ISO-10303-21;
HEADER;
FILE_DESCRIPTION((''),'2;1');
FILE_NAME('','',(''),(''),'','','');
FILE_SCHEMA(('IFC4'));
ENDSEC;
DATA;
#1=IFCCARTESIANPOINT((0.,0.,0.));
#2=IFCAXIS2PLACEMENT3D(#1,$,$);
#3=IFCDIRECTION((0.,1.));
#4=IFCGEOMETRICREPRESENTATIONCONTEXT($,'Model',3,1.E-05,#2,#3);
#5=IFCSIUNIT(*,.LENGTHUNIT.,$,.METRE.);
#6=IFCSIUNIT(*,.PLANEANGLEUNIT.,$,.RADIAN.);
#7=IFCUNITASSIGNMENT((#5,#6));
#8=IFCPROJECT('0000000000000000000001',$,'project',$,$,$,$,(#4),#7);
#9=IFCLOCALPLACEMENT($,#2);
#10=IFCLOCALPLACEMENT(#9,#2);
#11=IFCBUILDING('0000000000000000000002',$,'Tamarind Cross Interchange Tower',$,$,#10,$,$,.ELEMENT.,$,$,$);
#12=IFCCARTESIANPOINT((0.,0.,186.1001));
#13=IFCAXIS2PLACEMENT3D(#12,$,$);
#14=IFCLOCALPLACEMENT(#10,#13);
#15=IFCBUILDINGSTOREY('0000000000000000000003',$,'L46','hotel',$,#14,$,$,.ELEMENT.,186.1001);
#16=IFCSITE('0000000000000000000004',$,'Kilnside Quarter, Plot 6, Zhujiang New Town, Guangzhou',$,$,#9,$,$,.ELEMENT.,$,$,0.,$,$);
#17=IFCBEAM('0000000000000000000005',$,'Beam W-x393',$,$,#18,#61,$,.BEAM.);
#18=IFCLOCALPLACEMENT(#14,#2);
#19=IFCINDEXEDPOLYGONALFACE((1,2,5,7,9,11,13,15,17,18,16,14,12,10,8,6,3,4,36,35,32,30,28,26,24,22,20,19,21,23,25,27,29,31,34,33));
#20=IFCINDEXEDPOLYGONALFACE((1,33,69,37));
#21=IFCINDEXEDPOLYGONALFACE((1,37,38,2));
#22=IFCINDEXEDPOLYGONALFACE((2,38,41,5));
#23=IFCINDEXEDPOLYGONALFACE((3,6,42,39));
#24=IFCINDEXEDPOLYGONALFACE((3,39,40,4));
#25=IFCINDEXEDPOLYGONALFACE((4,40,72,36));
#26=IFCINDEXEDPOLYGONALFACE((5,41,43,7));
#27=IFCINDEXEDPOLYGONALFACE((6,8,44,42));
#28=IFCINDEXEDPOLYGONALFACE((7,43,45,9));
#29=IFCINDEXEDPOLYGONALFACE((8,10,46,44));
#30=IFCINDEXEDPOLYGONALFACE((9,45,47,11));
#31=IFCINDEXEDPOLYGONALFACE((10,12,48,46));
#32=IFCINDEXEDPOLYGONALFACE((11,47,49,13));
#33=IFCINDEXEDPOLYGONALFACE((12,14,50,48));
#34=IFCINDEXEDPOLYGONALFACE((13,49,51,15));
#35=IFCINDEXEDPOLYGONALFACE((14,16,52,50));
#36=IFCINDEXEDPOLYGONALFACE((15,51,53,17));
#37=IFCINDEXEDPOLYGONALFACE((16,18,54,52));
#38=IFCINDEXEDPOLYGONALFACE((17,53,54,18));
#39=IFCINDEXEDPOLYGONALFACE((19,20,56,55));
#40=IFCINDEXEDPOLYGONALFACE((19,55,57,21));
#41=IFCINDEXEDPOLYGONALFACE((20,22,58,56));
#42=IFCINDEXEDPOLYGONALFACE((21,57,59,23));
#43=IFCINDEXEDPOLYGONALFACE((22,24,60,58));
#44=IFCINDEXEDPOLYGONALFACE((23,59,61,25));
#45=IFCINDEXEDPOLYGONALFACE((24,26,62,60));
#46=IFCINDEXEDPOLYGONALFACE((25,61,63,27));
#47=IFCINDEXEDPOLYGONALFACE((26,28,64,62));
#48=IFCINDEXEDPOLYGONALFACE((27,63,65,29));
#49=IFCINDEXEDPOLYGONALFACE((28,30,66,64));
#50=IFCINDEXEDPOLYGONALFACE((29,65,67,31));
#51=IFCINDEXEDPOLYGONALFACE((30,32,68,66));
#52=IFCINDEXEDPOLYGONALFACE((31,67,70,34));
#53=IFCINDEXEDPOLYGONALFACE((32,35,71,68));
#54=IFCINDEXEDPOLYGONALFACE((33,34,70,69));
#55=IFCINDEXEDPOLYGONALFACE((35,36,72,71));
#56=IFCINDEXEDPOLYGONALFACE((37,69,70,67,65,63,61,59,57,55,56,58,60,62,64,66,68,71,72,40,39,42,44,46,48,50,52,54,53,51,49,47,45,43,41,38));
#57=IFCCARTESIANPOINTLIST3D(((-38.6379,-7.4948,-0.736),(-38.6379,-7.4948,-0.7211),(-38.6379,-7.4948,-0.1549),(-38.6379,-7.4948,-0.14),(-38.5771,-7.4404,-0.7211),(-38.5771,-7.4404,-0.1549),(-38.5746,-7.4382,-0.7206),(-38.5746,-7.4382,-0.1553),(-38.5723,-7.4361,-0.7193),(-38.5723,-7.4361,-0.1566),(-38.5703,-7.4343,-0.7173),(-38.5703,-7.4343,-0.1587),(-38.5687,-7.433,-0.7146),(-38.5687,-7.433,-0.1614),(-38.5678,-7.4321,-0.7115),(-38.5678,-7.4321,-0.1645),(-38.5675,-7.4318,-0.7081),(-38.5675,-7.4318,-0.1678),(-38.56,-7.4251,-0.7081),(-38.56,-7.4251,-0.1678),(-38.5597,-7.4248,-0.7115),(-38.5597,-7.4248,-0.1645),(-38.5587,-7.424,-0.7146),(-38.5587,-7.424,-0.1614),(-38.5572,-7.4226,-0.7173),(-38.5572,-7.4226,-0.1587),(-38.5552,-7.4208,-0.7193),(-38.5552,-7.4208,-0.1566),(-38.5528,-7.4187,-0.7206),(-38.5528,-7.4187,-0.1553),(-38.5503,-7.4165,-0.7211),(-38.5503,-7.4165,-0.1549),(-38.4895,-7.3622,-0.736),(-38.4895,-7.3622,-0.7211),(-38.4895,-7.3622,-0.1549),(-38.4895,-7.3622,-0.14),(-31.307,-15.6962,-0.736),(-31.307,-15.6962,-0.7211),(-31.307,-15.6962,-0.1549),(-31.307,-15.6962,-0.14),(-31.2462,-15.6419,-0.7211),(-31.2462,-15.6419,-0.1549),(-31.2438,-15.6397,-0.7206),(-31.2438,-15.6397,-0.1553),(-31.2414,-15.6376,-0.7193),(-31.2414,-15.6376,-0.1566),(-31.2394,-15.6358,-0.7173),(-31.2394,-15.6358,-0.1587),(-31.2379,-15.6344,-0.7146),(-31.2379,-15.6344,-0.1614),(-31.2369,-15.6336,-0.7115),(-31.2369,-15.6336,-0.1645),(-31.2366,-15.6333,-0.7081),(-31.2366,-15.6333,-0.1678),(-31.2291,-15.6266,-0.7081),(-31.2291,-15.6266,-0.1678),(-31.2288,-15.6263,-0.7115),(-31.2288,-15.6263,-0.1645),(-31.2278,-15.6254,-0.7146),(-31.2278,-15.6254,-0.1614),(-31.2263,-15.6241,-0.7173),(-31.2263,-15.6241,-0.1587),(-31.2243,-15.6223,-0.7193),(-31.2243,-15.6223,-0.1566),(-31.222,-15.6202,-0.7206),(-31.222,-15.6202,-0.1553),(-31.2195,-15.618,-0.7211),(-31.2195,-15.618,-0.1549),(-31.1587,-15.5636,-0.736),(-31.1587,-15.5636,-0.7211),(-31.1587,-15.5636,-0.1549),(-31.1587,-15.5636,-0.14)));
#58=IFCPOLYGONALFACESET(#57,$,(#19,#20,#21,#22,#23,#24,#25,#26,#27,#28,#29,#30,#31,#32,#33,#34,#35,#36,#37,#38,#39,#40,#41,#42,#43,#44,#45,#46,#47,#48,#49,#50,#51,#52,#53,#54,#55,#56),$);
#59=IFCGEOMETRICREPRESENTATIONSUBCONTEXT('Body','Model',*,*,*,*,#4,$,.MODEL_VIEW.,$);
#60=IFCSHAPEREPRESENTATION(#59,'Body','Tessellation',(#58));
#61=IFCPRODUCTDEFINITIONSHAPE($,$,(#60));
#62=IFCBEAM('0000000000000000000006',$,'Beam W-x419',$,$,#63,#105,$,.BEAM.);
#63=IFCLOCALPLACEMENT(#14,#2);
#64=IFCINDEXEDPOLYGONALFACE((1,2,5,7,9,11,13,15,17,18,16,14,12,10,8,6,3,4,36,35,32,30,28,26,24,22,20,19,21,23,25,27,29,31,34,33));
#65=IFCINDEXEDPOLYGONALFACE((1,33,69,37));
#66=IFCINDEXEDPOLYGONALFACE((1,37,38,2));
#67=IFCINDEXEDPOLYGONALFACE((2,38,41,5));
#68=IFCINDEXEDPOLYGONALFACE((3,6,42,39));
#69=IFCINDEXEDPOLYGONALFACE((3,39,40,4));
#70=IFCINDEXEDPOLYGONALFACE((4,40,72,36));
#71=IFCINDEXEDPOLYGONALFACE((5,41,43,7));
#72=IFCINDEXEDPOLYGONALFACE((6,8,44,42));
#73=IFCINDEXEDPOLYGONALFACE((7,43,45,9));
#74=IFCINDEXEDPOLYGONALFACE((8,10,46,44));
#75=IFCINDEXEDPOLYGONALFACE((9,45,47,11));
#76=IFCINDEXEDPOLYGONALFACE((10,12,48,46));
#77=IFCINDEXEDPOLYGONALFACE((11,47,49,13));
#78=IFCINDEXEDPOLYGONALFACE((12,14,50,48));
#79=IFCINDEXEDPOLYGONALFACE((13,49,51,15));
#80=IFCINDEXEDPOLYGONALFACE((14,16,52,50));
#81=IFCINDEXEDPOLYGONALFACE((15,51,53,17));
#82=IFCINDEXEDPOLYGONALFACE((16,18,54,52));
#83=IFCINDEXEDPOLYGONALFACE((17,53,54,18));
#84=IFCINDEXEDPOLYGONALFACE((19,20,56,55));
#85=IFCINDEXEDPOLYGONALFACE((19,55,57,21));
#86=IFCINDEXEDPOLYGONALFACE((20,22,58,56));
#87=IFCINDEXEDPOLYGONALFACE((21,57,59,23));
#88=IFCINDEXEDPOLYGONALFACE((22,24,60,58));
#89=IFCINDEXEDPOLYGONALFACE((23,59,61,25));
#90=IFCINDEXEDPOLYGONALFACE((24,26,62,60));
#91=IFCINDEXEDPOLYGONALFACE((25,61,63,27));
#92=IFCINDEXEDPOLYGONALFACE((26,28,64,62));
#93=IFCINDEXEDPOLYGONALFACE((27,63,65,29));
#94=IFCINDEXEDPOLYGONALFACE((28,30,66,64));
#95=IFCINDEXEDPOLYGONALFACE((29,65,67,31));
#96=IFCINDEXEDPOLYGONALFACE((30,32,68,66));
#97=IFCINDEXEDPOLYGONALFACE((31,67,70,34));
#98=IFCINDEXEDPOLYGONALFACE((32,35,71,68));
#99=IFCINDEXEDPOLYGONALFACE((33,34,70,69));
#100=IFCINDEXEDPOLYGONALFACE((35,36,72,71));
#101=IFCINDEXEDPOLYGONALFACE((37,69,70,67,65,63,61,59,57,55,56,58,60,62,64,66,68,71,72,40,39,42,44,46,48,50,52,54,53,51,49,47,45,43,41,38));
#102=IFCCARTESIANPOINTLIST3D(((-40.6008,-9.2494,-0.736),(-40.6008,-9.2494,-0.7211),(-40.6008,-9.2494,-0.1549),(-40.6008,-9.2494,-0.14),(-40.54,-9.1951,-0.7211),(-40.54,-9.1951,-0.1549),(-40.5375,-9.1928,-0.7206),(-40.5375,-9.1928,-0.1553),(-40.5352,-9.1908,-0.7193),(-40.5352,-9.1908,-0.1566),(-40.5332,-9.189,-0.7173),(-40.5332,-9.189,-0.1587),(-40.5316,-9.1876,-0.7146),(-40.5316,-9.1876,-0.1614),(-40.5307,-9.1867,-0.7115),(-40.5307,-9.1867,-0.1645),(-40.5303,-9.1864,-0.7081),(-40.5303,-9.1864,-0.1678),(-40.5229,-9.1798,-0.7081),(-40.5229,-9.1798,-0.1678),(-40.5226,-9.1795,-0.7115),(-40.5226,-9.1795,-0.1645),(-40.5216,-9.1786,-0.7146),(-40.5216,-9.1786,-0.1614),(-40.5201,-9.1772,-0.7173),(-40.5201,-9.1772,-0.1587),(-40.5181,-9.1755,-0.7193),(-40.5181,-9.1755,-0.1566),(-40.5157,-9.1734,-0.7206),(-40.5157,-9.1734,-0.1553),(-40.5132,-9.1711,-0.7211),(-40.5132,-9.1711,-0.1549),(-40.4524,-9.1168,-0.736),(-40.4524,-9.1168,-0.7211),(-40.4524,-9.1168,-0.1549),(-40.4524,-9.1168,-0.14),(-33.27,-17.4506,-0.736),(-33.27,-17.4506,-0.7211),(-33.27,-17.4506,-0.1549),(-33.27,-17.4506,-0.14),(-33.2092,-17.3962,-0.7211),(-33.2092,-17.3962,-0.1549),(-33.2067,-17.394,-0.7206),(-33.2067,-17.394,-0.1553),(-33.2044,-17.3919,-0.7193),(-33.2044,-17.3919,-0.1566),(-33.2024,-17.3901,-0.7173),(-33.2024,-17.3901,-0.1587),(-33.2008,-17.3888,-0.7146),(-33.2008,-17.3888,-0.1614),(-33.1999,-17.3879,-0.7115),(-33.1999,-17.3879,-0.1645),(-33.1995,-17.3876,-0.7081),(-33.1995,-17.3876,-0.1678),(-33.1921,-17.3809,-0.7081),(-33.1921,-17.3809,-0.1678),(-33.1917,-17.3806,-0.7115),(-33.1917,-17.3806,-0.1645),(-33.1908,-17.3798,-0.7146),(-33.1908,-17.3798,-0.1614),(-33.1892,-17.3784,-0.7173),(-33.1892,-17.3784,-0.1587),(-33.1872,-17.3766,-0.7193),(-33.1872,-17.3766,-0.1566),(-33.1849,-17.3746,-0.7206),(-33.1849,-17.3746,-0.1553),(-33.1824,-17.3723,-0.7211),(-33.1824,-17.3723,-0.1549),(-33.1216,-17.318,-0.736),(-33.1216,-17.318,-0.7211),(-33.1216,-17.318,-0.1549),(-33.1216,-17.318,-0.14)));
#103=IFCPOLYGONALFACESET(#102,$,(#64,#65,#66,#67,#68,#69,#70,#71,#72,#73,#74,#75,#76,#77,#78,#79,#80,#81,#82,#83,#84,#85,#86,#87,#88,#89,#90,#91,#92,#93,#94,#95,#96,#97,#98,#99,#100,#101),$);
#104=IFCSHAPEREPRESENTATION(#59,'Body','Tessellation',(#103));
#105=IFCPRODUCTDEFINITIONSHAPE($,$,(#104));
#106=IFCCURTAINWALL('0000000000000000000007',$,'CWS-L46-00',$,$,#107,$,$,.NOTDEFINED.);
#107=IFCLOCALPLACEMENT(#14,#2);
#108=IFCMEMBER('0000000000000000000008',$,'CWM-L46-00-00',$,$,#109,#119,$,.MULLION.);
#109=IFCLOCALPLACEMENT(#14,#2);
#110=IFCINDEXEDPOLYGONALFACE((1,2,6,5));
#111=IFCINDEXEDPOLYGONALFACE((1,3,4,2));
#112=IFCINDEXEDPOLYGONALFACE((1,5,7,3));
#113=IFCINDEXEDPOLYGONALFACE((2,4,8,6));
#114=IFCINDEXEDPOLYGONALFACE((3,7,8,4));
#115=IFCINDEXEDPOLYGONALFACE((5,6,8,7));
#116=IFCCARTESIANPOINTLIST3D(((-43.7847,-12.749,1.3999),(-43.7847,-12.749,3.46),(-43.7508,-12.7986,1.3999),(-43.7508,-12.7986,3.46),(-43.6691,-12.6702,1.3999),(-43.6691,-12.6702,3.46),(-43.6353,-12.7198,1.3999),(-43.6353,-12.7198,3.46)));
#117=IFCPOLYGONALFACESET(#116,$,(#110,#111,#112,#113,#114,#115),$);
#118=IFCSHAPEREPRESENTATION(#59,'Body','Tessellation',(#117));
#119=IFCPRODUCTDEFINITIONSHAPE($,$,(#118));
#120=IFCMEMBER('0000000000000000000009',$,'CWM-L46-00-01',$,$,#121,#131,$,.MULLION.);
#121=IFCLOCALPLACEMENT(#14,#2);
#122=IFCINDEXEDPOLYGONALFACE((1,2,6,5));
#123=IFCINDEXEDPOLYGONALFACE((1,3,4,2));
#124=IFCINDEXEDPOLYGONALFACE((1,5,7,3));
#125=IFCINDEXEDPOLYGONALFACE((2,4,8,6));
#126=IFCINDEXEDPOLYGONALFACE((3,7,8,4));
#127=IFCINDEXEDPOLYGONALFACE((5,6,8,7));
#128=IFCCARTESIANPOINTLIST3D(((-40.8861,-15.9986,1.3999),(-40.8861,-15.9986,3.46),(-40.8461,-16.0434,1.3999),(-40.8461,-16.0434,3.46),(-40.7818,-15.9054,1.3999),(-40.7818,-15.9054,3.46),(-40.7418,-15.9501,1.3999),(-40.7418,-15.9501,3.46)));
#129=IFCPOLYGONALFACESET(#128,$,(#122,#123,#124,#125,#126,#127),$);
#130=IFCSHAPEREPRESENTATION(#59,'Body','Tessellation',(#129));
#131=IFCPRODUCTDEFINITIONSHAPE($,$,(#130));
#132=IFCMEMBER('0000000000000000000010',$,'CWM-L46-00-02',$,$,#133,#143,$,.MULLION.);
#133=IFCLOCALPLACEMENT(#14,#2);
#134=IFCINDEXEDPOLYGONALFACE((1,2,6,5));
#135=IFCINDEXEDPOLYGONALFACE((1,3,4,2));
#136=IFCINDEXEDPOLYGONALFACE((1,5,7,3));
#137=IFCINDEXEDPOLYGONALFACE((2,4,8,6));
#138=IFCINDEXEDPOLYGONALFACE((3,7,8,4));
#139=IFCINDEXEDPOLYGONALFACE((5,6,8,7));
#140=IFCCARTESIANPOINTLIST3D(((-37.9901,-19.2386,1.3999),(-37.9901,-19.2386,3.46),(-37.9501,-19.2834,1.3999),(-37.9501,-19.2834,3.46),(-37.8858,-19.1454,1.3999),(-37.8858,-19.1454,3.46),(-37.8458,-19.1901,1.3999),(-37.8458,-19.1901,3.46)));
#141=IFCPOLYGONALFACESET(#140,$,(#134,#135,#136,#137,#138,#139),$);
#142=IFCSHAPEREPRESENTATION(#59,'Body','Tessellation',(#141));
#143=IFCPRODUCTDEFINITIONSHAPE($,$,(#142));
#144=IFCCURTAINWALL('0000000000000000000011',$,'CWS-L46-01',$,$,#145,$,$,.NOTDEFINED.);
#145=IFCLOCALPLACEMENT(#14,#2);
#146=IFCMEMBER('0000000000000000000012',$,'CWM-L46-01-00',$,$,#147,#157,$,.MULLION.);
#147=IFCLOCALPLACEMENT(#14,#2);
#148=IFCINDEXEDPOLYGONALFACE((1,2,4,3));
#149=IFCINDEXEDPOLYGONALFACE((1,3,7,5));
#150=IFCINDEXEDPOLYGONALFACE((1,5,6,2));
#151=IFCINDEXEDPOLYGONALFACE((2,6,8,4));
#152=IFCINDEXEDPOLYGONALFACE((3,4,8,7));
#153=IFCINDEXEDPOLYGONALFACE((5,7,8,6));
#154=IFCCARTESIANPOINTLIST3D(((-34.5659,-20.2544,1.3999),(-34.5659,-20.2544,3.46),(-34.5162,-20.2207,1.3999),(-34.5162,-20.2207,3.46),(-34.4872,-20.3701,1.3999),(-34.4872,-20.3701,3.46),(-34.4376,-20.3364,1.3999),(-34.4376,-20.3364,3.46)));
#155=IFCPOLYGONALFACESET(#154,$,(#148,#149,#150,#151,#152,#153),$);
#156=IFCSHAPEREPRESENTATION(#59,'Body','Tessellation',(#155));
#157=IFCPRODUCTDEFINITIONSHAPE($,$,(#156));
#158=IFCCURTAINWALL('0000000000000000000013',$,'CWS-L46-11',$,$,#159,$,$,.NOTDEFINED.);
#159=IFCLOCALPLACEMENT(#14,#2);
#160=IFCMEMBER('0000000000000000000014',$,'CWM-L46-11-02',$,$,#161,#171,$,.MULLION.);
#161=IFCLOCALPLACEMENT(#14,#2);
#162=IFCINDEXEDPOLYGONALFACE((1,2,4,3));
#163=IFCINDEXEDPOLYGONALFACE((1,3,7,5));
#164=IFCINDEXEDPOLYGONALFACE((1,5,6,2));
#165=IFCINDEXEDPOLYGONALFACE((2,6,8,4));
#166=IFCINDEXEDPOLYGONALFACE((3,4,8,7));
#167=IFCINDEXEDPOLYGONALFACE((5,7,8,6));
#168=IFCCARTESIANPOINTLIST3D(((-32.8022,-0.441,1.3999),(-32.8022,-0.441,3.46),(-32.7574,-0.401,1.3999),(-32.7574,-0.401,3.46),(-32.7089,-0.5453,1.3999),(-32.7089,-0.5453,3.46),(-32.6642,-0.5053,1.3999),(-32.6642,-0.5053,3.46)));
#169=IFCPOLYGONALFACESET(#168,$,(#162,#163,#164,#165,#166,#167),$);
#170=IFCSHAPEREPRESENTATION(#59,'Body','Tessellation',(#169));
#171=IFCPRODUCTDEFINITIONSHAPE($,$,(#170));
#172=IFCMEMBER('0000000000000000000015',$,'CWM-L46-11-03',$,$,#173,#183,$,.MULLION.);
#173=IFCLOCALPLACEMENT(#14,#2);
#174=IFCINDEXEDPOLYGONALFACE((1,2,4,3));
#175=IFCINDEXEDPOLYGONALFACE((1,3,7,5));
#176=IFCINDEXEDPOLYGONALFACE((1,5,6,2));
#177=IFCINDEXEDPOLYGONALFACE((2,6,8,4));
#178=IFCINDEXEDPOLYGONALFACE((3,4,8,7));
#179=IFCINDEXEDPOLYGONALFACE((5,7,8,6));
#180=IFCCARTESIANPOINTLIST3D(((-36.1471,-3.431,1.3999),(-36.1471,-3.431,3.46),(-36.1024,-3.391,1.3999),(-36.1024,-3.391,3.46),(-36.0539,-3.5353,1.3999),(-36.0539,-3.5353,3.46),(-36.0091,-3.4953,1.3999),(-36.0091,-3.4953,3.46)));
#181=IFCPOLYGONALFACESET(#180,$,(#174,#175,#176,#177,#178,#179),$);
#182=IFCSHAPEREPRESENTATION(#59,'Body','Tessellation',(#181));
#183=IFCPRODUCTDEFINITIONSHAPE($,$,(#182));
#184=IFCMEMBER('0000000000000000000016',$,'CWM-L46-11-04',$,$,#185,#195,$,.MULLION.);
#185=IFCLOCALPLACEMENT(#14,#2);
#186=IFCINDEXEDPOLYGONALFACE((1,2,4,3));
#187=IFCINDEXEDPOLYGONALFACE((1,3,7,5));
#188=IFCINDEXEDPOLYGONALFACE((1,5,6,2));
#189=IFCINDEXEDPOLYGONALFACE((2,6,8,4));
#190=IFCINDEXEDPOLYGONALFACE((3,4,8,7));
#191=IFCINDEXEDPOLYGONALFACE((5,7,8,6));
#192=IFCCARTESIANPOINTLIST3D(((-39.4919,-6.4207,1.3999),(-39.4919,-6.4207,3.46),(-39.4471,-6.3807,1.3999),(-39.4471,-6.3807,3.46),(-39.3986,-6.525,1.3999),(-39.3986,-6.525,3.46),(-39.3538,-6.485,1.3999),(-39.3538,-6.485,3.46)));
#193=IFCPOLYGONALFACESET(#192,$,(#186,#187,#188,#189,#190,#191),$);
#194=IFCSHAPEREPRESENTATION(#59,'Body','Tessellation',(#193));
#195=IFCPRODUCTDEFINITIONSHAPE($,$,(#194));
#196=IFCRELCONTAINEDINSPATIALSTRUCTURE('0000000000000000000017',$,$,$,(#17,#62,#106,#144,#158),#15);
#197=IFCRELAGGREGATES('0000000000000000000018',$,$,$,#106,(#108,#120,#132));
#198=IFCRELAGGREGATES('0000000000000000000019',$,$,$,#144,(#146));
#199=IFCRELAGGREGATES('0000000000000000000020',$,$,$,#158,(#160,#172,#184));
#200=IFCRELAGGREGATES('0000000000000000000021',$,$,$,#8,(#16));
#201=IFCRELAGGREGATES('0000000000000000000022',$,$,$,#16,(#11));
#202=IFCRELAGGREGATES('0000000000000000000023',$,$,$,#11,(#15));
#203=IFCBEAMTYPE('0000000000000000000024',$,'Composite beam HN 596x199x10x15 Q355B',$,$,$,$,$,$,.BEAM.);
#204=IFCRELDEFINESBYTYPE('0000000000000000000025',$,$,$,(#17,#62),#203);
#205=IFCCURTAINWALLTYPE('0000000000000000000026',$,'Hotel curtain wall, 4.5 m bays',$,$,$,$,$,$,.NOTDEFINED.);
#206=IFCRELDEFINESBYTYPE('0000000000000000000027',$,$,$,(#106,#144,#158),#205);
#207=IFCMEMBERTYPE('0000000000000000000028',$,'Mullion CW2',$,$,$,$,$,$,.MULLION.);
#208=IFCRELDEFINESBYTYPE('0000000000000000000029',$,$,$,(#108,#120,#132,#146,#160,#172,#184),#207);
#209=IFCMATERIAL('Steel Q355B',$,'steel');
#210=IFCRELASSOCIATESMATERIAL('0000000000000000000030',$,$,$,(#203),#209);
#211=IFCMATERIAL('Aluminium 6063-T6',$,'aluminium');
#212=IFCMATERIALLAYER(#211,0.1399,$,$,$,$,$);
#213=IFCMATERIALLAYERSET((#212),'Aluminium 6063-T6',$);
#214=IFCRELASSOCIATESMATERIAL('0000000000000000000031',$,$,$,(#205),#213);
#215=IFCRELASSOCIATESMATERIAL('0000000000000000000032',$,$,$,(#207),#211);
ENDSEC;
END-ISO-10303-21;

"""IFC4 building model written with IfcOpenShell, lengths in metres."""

from ifc_helpers import new_model, si_unit, direction, frame, origin, origin_2d, place, context, subcontext, project, spatial, rectangle, i_section, extrude, material, layer, layer_set, material_profile, profile_set, type_object, element, aggregate, save


model = new_model("IFC4")

# Units and contexts
model_context = context("Model", 3, precision=1e-05, world=origin(), true_north=direction((0.0, 1.0)))
body_context = subcontext(model_context, "Body", "Model", "MODEL_VIEW")
ifc_project = project(units=[si_unit("LENGTHUNIT", "METRE"), si_unit("PLANEANGLEUNIT", "RADIAN")], contexts=[model_context])

# Site, building, storey
site_placement = place(None, origin())
site = spatial("IfcSite", under=ifc_project, at=site_placement, Name="Kilnside Quarter, Plot 6, Zhujiang New Town, Guangzhou", CompositionType="ELEMENT", RefElevation=0.0)
building_placement = place(site_placement, origin())
building = spatial("IfcBuilding", under=site, at=building_placement, Name="Tamarind Cross Interchange Tower", CompositionType="ELEMENT")
storey_placement = place(building_placement, frame((0.0, 0.0, 186.1001)))
storey = spatial("IfcBuildingStorey", under=building, at=storey_placement, Name="L46", Description="hotel", CompositionType="ELEMENT", Elevation=186.1001)

# Beams
ifc_material_1 = material(Name="Steel Q355B", Category="steel")
ifc_material_profile_1 = material_profile(ifc_material_1, i_section(OverallWidth=0.199, OverallDepth=0.5959, WebThickness=0.01, FlangeThickness=0.0149, FilletRadius=0.0129, at=origin_2d()), Name="HN 596x199x10x15")
ifc_profile_set_1 = profile_set([ifc_material_profile_1], Name="Steel Q355B")
beam_type_1 = type_object("IfcBeamType", Name="Composite beam HN 596x199x10x15 Q355B", PredefinedType="BEAM", material=ifc_profile_set_1)
beam_1_placement = place(storey_placement, frame((-38.5637, -7.4285, -0.438), z_axis=(0.666426, -0.745571, 0.0), x_axis=(0.745571, 0.666426, 0.0)))
element("IfcBeam", 1, at=beam_1_placement, inside=storey, type_object=beam_type_1, Name="Beam W-x393", PredefinedType="BEAM", context=body_context, shape_type="SweptSolid", body=[
    extrude(i_section(OverallWidth=0.199, OverallDepth=0.5959, WebThickness=0.01, FlangeThickness=0.0149, FilletRadius=0.0129, at=origin_2d()), origin(), (0.0, 0.0, 1.0), 11.0002),
])
beam_2_placement = place(storey_placement, frame((-40.5266, -9.1831, -0.438), z_axis=(0.666437, -0.745561, 0.0), x_axis=(0.745561, 0.666437, 0.0)))
element("IfcBeam", 2, at=beam_2_placement, inside=storey, type_object=beam_type_1, Name="Beam W-x419", PredefinedType="BEAM", context=body_context, shape_type="SweptSolid", body=[
    extrude(i_section(OverallWidth=0.199, OverallDepth=0.5959, WebThickness=0.01, FlangeThickness=0.0149, FilletRadius=0.0129, at=origin_2d()), origin(), (0.0, 0.0, 1.0), 11.0),
])

# Curtain wall, members
ifc_material_2 = material(Name="Aluminium 6063-T6", Category="aluminium")
ifc_layer_1 = layer(ifc_material_2, 0.1399)
ifc_layer_set_1 = layer_set([ifc_layer_1], Name="Aluminium 6063-T6")
curtain_wall_type = type_object("IfcCurtainWallType", Name="Hotel curtain wall, 4.5 m bays", PredefinedType="NOTDEFINED", material=ifc_layer_set_1)
curtain_wall_1_placement = place(storey_placement, origin())
curtain_wall_1 = element("IfcCurtainWall", 3, at=curtain_wall_1_placement, inside=storey, type_object=curtain_wall_type, Name="CWS-L46-00", PredefinedType="NOTDEFINED")
ifc_material_profile_2 = material_profile(ifc_material_2, rectangle(XDim=0.0601, YDim=0.1399, at=origin_2d()), Name="Mullion CW2")
ifc_profile_set_2 = profile_set([ifc_material_profile_2], Name="Aluminium 6063-T6")
member_type = type_object("IfcMemberType", Name="Mullion CW2", PredefinedType="MULLION", material=ifc_profile_set_2)
member_1_placement = place(storey_placement, frame((-43.71, -12.7344, 1.3999), z_axis=(0.0, 0.0, 1.0), x_axis=(0.563411, -0.826177, 0.0)))
member_1 = element("IfcMember", 4, at=member_1_placement, type_object=member_type, Name="CWM-L46-00-00", PredefinedType="MULLION", context=body_context, shape_type="SweptSolid", body=[
    extrude(rectangle(XDim=0.0601, YDim=0.1399, at=origin_2d()), origin(), (0.0, 0.0, 1.0), 2.0601),
])
member_2_placement = place(storey_placement, frame((-40.814, -15.9744, 1.3999), z_axis=(0.0, 0.0, 1.0), x_axis=(0.666428, -0.745569, 0.0)))
member_2 = element("IfcMember", 5, at=member_2_placement, type_object=member_type, Name="CWM-L46-00-01", PredefinedType="MULLION", context=body_context, shape_type="SweptSolid", body=[
    extrude(rectangle(XDim=0.0601, YDim=0.1399, at=origin_2d()), origin(), (0.0, 0.0, 1.0), 2.0601),
])
member_3_placement = place(storey_placement, frame((-37.918, -19.2144, 1.3999), z_axis=(0.0, 0.0, 1.0), x_axis=(0.666428, -0.745569, 0.0)))
member_3 = element("IfcMember", 6, at=member_3_placement, type_object=member_type, Name="CWM-L46-00-02", PredefinedType="MULLION", context=body_context, shape_type="SweptSolid", body=[
    extrude(rectangle(XDim=0.0601, YDim=0.1399, at=origin_2d()), origin(), (0.0, 0.0, 1.0), 2.0601),
])
aggregate(curtain_wall_1, [member_1, member_2, member_3])

# Curtain wall, member
curtain_wall_2_placement = place(storey_placement, origin())
curtain_wall_2 = element("IfcCurtainWall", 7, at=curtain_wall_2_placement, inside=storey, type_object=curtain_wall_type, Name="CWS-L46-01", PredefinedType="NOTDEFINED")
member_4_placement = place(storey_placement, frame((-34.5017, -20.2954, 1.3999), z_axis=(0.0, 0.0, 1.0), x_axis=(0.827111, 0.562039, 0.0)))
member_4 = element("IfcMember", 8, at=member_4_placement, type_object=member_type, Name="CWM-L46-01-00", PredefinedType="MULLION", context=body_context, shape_type="SweptSolid", body=[
    extrude(rectangle(XDim=0.0601, YDim=0.1399, at=origin_2d()), origin(), (0.0, 0.0, 1.0), 2.0601),
])
aggregate(curtain_wall_2, [member_4])

# Curtain wall, members
curtain_wall_3_placement = place(storey_placement, origin())
curtain_wall_3 = element("IfcCurtainWall", 9, at=curtain_wall_3_placement, inside=storey, type_object=curtain_wall_type, Name="CWS-L46-11", PredefinedType="NOTDEFINED")
member_5_placement = place(storey_placement, frame((-32.7332, -0.4731, 1.3999), z_axis=(0.0, 0.0, 1.0), x_axis=(-0.745569, -0.666428, 0.0)))
member_5 = element("IfcMember", 10, at=member_5_placement, type_object=member_type, Name="CWM-L46-11-02", PredefinedType="MULLION", context=body_context, shape_type="SweptSolid", body=[
    extrude(rectangle(XDim=0.0601, YDim=0.1399, at=origin_2d()), origin(), (0.0, 0.0, 1.0), 2.0601),
])
member_6_placement = place(storey_placement, frame((-36.0781, -3.4631, 1.3999), z_axis=(0.0, 0.0, 1.0), x_axis=(-0.745569, -0.666428, 0.0)))
member_6 = element("IfcMember", 11, at=member_6_placement, type_object=member_type, Name="CWM-L46-11-03", PredefinedType="MULLION", context=body_context, shape_type="SweptSolid", body=[
    extrude(rectangle(XDim=0.0601, YDim=0.1399, at=origin_2d()), origin(), (0.0, 0.0, 1.0), 2.0601),
])
member_7_placement = place(storey_placement, frame((-39.4229, -6.4529, 1.3999), z_axis=(0.0, 0.0, 1.0), x_axis=(-0.745569, -0.666428, 0.0)))
member_7 = element("IfcMember", 12, at=member_7_placement, type_object=member_type, Name="CWM-L46-11-04", PredefinedType="MULLION", context=body_context, shape_type="SweptSolid", body=[
    extrude(rectangle(XDim=0.0601, YDim=0.1399, at=origin_2d()), origin(), (0.0, 0.0, 1.0), 2.0601),
])
aggregate(curtain_wall_3, [member_5, member_6, member_7])

save(model, "model.ifc")
